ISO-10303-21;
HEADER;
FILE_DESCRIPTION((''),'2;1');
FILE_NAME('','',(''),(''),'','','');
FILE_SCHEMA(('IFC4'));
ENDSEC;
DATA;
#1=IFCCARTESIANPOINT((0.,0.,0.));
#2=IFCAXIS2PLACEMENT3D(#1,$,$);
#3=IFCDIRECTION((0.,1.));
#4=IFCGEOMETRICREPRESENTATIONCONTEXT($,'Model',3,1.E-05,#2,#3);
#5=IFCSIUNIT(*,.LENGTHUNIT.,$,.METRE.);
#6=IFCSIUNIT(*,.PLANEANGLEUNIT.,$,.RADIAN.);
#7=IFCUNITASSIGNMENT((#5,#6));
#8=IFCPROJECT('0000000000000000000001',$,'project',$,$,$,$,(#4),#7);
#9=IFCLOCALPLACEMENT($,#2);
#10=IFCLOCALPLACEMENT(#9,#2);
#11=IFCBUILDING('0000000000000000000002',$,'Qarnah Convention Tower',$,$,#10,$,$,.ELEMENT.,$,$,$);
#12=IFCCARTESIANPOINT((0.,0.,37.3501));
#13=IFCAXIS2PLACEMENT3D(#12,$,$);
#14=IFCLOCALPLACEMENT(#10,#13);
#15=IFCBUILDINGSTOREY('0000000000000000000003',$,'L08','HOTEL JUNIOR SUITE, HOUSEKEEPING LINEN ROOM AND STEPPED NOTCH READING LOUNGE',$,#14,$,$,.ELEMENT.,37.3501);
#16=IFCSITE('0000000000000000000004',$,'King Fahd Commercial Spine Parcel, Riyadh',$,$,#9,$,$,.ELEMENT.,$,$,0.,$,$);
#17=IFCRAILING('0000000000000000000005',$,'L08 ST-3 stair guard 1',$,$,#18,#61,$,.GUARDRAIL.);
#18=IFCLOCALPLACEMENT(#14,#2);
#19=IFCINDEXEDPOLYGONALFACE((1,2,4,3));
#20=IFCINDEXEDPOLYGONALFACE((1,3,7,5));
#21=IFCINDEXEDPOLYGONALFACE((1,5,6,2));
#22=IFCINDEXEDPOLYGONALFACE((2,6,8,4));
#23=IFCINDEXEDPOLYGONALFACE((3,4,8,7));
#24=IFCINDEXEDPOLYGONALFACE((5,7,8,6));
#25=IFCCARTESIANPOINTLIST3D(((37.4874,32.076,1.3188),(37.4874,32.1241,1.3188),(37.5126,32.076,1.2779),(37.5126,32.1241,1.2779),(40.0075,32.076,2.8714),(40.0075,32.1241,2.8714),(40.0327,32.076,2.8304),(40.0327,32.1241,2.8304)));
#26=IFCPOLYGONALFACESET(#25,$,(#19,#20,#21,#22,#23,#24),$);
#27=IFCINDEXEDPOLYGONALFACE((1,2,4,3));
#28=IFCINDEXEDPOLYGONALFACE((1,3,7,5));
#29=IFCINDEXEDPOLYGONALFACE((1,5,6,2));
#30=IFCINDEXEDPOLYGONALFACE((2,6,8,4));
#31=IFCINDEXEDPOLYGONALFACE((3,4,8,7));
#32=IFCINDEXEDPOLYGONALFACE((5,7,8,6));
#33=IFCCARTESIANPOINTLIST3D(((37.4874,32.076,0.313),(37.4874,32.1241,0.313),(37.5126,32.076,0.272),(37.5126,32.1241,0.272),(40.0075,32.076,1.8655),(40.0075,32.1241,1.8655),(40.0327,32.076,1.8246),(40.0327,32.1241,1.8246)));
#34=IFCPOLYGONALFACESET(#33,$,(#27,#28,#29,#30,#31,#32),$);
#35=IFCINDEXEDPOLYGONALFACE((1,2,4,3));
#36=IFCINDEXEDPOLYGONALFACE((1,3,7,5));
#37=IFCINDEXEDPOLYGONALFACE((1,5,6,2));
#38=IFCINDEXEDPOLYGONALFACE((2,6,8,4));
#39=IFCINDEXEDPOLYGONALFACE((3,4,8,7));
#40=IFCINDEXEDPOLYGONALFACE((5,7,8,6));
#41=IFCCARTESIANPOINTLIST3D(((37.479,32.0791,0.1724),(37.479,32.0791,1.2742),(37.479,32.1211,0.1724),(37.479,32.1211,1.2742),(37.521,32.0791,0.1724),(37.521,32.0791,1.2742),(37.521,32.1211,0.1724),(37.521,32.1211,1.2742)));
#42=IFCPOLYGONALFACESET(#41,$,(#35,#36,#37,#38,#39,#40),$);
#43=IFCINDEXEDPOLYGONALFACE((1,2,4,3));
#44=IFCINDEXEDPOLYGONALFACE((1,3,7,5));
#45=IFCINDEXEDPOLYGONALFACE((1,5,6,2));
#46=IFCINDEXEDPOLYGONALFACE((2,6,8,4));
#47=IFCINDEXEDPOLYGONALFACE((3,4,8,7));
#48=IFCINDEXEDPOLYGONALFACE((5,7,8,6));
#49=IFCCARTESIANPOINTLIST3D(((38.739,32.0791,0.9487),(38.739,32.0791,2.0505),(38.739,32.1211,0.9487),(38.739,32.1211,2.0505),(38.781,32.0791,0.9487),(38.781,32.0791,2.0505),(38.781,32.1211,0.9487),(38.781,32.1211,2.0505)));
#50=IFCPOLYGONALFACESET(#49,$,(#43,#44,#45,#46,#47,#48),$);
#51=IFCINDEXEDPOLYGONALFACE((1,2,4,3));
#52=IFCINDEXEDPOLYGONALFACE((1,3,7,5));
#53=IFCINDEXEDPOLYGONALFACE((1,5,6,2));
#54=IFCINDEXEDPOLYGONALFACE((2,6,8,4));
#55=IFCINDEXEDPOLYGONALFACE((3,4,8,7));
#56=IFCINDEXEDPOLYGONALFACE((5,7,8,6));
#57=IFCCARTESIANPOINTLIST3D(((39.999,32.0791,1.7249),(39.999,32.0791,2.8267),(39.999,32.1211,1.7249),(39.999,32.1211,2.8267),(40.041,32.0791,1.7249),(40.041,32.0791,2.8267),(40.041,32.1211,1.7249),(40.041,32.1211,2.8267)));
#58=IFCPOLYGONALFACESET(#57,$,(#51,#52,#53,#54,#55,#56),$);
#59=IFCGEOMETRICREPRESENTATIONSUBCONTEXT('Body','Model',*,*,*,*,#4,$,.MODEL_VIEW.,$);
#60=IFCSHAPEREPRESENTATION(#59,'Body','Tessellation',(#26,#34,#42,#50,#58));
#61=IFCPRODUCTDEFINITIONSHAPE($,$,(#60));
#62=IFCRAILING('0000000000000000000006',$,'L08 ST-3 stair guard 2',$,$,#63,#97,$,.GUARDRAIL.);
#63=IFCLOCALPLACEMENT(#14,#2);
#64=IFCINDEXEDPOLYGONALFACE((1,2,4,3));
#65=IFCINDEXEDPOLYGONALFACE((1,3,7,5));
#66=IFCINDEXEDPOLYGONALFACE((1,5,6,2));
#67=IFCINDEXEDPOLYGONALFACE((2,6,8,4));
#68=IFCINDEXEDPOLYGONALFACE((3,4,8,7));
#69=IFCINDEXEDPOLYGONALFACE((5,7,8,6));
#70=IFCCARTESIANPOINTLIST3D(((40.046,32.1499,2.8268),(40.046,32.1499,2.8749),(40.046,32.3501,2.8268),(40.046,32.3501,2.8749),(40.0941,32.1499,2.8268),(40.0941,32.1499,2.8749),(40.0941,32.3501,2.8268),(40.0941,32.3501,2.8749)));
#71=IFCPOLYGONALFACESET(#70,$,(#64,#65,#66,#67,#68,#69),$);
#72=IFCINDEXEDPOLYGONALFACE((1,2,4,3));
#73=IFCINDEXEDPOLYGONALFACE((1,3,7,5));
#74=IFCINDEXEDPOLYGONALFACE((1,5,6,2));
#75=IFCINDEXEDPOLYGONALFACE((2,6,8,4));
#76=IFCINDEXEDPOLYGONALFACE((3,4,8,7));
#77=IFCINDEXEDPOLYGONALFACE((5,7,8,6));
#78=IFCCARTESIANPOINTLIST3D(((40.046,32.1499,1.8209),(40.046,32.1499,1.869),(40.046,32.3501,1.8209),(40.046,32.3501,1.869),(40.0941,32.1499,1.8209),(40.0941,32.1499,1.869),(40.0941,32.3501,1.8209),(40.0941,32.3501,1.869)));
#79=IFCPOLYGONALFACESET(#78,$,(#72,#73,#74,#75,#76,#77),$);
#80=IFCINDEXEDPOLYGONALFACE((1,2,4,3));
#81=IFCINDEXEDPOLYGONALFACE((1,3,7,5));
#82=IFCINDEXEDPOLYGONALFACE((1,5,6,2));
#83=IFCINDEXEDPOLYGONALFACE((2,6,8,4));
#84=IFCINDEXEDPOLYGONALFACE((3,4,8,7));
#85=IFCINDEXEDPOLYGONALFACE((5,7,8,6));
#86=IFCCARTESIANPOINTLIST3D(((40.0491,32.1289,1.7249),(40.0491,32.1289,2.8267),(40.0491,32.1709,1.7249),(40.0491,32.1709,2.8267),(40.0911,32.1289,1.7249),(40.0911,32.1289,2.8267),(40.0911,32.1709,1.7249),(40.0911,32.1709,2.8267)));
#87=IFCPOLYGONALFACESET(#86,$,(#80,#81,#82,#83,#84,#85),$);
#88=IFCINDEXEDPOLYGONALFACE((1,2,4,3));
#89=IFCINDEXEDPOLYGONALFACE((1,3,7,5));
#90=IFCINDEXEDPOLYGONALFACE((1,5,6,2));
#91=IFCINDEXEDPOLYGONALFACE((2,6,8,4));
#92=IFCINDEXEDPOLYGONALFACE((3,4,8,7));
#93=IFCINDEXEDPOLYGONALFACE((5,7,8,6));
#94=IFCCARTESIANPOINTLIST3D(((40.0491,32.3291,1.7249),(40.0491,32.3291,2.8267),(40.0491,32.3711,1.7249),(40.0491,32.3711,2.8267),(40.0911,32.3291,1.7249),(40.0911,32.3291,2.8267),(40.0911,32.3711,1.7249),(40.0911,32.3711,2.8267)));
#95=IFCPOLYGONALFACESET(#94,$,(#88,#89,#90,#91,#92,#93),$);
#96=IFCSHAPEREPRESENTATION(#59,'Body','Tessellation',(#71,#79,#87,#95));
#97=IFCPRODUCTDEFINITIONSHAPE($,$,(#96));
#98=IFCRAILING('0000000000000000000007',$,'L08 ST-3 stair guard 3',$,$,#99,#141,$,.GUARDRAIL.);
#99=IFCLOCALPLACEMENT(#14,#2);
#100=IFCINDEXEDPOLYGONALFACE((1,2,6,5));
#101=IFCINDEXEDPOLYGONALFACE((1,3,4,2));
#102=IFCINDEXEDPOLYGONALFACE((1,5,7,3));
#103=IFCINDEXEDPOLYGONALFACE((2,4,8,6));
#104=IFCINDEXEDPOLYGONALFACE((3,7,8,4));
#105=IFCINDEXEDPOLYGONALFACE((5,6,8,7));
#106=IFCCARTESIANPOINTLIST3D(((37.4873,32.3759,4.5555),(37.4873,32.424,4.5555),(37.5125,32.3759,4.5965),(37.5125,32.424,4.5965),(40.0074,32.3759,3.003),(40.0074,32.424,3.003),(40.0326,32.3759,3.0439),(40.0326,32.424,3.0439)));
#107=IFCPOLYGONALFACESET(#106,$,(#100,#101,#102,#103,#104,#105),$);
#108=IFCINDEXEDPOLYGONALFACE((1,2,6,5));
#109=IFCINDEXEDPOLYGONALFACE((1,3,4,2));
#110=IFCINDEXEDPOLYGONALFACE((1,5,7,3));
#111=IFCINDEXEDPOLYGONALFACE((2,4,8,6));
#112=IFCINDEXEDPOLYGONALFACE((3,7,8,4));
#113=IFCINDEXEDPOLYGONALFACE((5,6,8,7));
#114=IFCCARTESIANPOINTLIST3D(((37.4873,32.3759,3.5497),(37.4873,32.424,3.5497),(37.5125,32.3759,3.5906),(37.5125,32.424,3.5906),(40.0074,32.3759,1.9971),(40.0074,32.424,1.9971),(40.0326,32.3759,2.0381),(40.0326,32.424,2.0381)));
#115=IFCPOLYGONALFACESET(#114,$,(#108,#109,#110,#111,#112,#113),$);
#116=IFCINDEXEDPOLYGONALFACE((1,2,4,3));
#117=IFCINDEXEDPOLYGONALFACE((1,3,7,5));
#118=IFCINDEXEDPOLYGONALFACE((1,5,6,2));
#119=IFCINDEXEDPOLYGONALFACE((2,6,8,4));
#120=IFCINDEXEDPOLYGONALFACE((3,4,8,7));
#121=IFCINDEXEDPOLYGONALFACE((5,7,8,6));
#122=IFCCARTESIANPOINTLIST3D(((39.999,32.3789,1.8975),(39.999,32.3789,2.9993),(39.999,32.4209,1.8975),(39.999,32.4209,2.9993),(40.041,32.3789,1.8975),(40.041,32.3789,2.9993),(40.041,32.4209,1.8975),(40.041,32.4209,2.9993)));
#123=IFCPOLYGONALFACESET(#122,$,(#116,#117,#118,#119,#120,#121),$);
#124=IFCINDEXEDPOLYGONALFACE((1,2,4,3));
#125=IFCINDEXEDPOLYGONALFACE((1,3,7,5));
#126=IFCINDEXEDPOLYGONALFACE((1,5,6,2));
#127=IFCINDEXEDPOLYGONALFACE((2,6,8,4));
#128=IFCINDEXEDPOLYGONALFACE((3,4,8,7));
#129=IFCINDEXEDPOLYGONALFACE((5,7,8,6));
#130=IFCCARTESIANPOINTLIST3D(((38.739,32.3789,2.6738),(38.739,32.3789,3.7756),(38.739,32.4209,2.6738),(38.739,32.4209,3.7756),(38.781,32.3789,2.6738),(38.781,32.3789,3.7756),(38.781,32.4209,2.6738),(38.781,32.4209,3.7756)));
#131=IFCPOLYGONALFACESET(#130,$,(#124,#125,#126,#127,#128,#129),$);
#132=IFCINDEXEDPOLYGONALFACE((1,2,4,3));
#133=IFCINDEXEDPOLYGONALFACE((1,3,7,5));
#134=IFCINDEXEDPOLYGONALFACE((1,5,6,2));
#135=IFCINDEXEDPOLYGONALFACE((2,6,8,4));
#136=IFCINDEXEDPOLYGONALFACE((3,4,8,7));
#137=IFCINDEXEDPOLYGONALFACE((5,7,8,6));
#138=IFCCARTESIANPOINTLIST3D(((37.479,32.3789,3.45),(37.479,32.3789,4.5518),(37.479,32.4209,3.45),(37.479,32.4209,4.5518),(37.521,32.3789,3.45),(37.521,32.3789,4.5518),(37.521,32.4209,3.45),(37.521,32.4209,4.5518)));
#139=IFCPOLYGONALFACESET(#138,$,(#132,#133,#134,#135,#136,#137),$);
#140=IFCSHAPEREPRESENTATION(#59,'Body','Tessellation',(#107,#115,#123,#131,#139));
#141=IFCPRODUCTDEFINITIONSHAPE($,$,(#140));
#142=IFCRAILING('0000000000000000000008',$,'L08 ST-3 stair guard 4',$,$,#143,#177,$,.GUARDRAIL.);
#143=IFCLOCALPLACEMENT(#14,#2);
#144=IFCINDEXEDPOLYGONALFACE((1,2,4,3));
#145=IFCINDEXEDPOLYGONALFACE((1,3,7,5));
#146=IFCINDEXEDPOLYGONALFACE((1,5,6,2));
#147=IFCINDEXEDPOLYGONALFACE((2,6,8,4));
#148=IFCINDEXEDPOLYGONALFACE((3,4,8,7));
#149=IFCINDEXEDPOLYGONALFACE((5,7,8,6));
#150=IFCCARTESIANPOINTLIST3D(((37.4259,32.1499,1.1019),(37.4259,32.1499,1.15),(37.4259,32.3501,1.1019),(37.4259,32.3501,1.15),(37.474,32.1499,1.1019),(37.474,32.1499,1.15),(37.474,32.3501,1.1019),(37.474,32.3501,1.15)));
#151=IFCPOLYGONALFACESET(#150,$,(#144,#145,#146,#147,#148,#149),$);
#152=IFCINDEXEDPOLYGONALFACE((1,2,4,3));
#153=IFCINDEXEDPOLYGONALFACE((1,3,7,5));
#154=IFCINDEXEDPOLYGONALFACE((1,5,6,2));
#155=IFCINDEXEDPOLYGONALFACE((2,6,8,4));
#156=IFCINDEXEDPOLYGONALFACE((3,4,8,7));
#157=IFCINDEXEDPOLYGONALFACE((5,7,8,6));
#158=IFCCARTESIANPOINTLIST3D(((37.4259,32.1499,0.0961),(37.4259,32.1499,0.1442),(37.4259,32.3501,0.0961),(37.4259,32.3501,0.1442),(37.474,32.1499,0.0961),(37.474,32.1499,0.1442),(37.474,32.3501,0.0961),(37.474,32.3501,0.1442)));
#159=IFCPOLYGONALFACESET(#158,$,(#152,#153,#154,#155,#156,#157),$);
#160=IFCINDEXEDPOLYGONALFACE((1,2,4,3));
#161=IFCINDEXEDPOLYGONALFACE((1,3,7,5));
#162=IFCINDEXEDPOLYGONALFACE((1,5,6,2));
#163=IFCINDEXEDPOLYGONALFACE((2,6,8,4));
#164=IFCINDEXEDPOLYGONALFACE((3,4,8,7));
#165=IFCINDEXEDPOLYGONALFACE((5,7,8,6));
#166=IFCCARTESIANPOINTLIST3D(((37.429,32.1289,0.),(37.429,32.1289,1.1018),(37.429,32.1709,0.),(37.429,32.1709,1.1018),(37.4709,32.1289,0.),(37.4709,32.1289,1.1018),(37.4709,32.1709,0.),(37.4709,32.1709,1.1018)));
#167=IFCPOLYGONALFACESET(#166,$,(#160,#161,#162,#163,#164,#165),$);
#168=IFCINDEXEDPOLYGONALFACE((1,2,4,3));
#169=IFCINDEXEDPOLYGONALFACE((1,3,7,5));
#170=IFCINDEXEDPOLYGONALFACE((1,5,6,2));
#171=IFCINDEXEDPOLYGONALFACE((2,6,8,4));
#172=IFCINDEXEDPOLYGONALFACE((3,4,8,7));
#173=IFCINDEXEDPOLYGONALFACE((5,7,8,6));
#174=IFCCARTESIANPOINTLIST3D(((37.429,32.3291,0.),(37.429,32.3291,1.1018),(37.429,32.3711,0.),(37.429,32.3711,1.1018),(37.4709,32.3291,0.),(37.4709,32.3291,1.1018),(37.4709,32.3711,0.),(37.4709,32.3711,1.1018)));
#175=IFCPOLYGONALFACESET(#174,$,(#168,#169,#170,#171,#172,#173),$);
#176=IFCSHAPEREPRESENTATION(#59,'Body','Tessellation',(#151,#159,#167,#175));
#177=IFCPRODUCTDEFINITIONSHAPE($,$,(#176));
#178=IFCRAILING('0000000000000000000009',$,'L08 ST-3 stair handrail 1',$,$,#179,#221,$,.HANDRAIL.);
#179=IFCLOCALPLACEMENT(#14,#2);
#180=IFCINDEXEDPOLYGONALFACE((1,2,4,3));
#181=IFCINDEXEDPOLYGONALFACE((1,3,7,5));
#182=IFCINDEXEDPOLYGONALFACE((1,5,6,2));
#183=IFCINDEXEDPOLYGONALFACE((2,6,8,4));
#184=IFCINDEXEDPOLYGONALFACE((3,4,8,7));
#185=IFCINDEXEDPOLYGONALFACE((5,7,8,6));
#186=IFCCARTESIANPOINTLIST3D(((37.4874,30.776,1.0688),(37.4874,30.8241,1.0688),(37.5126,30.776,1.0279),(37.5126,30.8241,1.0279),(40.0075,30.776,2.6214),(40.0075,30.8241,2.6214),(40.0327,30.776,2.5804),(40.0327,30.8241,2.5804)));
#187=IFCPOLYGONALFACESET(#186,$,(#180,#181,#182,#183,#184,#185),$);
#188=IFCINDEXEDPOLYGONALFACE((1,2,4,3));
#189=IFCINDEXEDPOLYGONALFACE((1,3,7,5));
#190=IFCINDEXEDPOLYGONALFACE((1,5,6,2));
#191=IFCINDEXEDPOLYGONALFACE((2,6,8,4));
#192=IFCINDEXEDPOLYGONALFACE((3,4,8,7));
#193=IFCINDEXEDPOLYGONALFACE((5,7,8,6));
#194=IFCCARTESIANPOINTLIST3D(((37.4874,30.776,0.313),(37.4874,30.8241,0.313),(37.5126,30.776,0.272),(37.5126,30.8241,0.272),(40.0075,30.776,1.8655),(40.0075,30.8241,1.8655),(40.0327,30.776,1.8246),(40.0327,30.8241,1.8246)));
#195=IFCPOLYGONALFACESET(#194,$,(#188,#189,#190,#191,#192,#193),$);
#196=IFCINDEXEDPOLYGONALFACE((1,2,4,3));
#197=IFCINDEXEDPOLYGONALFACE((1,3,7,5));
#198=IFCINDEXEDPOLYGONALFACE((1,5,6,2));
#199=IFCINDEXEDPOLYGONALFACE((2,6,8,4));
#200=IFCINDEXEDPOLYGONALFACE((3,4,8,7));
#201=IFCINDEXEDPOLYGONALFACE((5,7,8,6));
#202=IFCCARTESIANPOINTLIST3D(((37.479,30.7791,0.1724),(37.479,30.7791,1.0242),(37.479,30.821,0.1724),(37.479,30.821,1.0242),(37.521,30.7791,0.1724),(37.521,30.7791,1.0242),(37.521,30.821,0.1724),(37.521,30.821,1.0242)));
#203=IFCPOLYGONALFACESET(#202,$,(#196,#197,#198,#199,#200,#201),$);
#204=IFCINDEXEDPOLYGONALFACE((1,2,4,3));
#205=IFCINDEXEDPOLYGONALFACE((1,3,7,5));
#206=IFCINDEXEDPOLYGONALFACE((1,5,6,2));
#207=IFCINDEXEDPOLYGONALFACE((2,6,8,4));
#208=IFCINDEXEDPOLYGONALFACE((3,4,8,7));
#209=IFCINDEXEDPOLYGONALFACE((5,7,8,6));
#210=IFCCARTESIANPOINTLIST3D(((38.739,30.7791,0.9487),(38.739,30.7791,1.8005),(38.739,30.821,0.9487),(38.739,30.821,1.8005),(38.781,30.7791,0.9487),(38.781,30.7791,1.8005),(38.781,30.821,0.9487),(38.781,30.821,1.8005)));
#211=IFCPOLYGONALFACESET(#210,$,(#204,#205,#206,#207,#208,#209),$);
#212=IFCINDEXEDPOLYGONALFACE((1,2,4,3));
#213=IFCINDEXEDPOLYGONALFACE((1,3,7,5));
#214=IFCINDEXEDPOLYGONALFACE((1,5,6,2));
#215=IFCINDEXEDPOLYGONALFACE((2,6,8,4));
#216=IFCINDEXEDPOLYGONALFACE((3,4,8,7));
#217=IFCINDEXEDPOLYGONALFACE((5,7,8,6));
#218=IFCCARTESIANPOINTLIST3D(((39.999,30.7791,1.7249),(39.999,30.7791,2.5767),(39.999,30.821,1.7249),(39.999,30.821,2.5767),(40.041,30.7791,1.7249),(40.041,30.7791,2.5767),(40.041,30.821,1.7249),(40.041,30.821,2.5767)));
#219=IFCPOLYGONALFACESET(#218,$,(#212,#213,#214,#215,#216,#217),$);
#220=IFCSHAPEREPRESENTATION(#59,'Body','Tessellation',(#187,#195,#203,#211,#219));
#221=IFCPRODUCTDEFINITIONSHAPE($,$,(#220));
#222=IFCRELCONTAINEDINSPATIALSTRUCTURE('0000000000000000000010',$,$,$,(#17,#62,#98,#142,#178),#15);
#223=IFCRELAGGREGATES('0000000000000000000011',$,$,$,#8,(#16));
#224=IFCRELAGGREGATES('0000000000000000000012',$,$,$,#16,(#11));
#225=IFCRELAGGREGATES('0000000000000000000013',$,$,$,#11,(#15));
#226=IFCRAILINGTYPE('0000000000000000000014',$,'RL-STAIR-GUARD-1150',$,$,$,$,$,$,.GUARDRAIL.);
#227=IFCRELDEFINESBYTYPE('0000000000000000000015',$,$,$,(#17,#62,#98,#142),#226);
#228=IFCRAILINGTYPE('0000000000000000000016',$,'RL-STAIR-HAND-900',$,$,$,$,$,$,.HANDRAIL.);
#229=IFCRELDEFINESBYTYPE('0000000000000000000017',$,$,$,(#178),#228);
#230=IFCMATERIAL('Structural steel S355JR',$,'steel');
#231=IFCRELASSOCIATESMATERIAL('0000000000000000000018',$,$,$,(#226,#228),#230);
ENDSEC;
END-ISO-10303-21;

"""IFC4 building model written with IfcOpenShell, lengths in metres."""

from ifc_helpers import new_model, si_unit, direction, frame, origin, origin_2d, place, context, subcontext, project, spatial, rectangle, extrude, material, type_object, element, save


model = new_model("IFC4")

# Units and contexts
model_context = context("Model", 3, precision=1e-05, world=origin(), true_north=direction((0.0, 1.0)))
body_context = subcontext(model_context, "Body", "Model", "MODEL_VIEW")
ifc_project = project(units=[si_unit("LENGTHUNIT", "METRE"), si_unit("PLANEANGLEUNIT", "RADIAN")], contexts=[model_context])

# Site, building, storey
site_placement = place(None, origin())
site = spatial("IfcSite", under=ifc_project, at=site_placement, Name="King Fahd Commercial Spine Parcel, Riyadh", CompositionType="ELEMENT", RefElevation=0.0)
building_placement = place(site_placement, origin())
building = spatial("IfcBuilding", under=site, at=building_placement, Name="Qarnah Convention Tower", CompositionType="ELEMENT")
storey_placement = place(building_placement, frame((0.0, 0.0, 37.3501)))
storey = spatial("IfcBuildingStorey", under=building, at=storey_placement, Name="L08", Description="HOTEL JUNIOR SUITE, HOUSEKEEPING LINEN ROOM AND STEPPED NOTCH READING LOUNGE", CompositionType="ELEMENT", Elevation=37.3501)

# Shared definitions
ifc_material_1 = material(Name="Structural steel S355JR", Category="steel")

# Railings
railing_type_1 = type_object("IfcRailingType", Name="RL-STAIR-GUARD-1150", PredefinedType="GUARDRAIL", material=ifc_material_1)
railing_1_placement = place(storey_placement, frame((37.5, 32.1001, 0.1724)))
element("IfcRailing", 1, at=railing_1_placement, inside=storey, type_object=railing_type_1, Name="L08 ST-3 stair guard 1", PredefinedType="GUARDRAIL", context=body_context, shape_type="SweptSolid", body=[
    extrude(rectangle(XDim=0.0481, YDim=0.0481, at=origin_2d()), frame((0.0, 0.0, 1.126), z_axis=(0.8514, 0.0, 0.524516), x_axis=(0.0, 1.0, 0.0)), (0.0, 0.0, 1.0), 2.96),
    extrude(rectangle(XDim=0.0481, YDim=0.0481, at=origin_2d()), frame((0.0, 0.0, 0.1201), z_axis=(0.8514, 0.0, 0.524516), x_axis=(0.0, 1.0, 0.0)), (0.0, 0.0, 1.0), 2.96),
    extrude(rectangle(XDim=0.042, YDim=0.042, at=origin_2d()), origin(), (0.0, 0.0, 1.0), 1.1018),
    extrude(rectangle(XDim=0.042, YDim=0.042, at=origin_2d()), frame((1.26, 0.0, 0.7764)), (0.0, 0.0, 1.0), 1.1018),
    extrude(rectangle(XDim=0.042, YDim=0.042, at=origin_2d()), frame((2.52, 0.0, 1.5525)), (0.0, 0.0, 1.0), 1.1018),
])
railing_2_placement = place(storey_placement, frame((40.0701, 32.1499, 1.7249)))
element("IfcRailing", 2, at=railing_2_placement, inside=storey, type_object=railing_type_1, Name="L08 ST-3 stair guard 2", PredefinedType="GUARDRAIL", context=body_context, shape_type="SweptSolid", body=[
    extrude(rectangle(XDim=0.0481, YDim=0.0481, at=origin_2d()), frame((0.0, 0.0, 1.126), z_axis=(0.0, 1.0, 0.0), x_axis=(-1.0, 0.0, 0.0)), (0.0, 0.0, 1.0), 0.2002),
    extrude(rectangle(XDim=0.0481, YDim=0.0481, at=origin_2d()), frame((0.0, 0.0, 0.1201), z_axis=(0.0, 1.0, 0.0), x_axis=(-1.0, 0.0, 0.0)), (0.0, 0.0, 1.0), 0.2002),
    extrude(rectangle(XDim=0.042, YDim=0.042, at=origin_2d()), origin(), (0.0, 0.0, 1.0), 1.1018),
    extrude(rectangle(XDim=0.042, YDim=0.042, at=origin_2d()), frame((0.0, 0.2002, 0.0)), (0.0, 0.0, 1.0), 1.1018),
])
railing_3_placement = place(storey_placement, frame((40.02, 32.3999, 1.8975)))
element("IfcRailing", 3, at=railing_3_placement, inside=storey, type_object=railing_type_1, Name="L08 ST-3 stair guard 3", PredefinedType="GUARDRAIL", context=body_context, shape_type="SweptSolid", body=[
    extrude(rectangle(XDim=0.0481, YDim=0.0481, at=origin_2d()), frame((0.0, 0.0, 1.126), z_axis=(-0.8514, 0.0, 0.524516), x_axis=(0.0, -1.0, 0.0)), (0.0, 0.0, 1.0), 2.96),
    extrude(rectangle(XDim=0.0481, YDim=0.0481, at=origin_2d()), frame((0.0, 0.0, 0.1201), z_axis=(-0.8514, 0.0, 0.524516), x_axis=(0.0, -1.0, 0.0)), (0.0, 0.0, 1.0), 2.96),
    extrude(rectangle(XDim=0.042, YDim=0.042, at=origin_2d()), origin(), (0.0, 0.0, 1.0), 1.1018),
    extrude(rectangle(XDim=0.042, YDim=0.042, at=origin_2d()), frame((-1.26, 0.0, 0.7764)), (0.0, 0.0, 1.0), 1.1018),
    extrude(rectangle(XDim=0.042, YDim=0.042, at=origin_2d()), frame((-2.52, 0.0, 1.5525)), (0.0, 0.0, 1.0), 1.1018),
])
railing_4_placement = place(storey_placement, frame((37.45, 32.1499, 0.0)))
element("IfcRailing", 4, at=railing_4_placement, inside=storey, type_object=railing_type_1, Name="L08 ST-3 stair guard 4", PredefinedType="GUARDRAIL", context=body_context, shape_type="SweptSolid", body=[
    extrude(rectangle(XDim=0.0481, YDim=0.0481, at=origin_2d()), frame((0.0, 0.0, 1.126), z_axis=(0.0, 1.0, 0.0), x_axis=(-1.0, 0.0, 0.0)), (0.0, 0.0, 1.0), 0.2002),
    extrude(rectangle(XDim=0.0481, YDim=0.0481, at=origin_2d()), frame((0.0, 0.0, 0.1201), z_axis=(0.0, 1.0, 0.0), x_axis=(-1.0, 0.0, 0.0)), (0.0, 0.0, 1.0), 0.2002),
    extrude(rectangle(XDim=0.042, YDim=0.042, at=origin_2d()), origin(), (0.0, 0.0, 1.0), 1.1018),
    extrude(rectangle(XDim=0.042, YDim=0.042, at=origin_2d()), frame((0.0, 0.2002, 0.0)), (0.0, 0.0, 1.0), 1.1018),
])
railing_type_2 = type_object("IfcRailingType", Name="RL-STAIR-HAND-900", PredefinedType="HANDRAIL", material=ifc_material_1)
railing_5_placement = place(storey_placement, frame((37.5, 30.8, 0.1724)))
element("IfcRailing", 5, at=railing_5_placement, inside=storey, type_object=railing_type_2, Name="L08 ST-3 stair handrail 1", PredefinedType="HANDRAIL", context=body_context, shape_type="SweptSolid", body=[
    extrude(rectangle(XDim=0.0481, YDim=0.0481, at=origin_2d()), frame((0.0, 0.0, 0.876), z_axis=(0.8514, 0.0, 0.524516), x_axis=(0.0, 1.0, 0.0)), (0.0, 0.0, 1.0), 2.96),
    extrude(rectangle(XDim=0.0481, YDim=0.0481, at=origin_2d()), frame((0.0, 0.0, 0.1201), z_axis=(0.8514, 0.0, 0.524516), x_axis=(0.0, 1.0, 0.0)), (0.0, 0.0, 1.0), 2.96),
    extrude(rectangle(XDim=0.042, YDim=0.042, at=origin_2d()), origin(), (0.0, 0.0, 1.0), 0.8518),
    extrude(rectangle(XDim=0.042, YDim=0.042, at=origin_2d()), frame((1.26, 0.0, 0.7764)), (0.0, 0.0, 1.0), 0.8518),
    extrude(rectangle(XDim=0.042, YDim=0.042, at=origin_2d()), frame((2.52, 0.0, 1.5525)), (0.0, 0.0, 1.0), 0.8518),
])

save(model, "model.ifc")
